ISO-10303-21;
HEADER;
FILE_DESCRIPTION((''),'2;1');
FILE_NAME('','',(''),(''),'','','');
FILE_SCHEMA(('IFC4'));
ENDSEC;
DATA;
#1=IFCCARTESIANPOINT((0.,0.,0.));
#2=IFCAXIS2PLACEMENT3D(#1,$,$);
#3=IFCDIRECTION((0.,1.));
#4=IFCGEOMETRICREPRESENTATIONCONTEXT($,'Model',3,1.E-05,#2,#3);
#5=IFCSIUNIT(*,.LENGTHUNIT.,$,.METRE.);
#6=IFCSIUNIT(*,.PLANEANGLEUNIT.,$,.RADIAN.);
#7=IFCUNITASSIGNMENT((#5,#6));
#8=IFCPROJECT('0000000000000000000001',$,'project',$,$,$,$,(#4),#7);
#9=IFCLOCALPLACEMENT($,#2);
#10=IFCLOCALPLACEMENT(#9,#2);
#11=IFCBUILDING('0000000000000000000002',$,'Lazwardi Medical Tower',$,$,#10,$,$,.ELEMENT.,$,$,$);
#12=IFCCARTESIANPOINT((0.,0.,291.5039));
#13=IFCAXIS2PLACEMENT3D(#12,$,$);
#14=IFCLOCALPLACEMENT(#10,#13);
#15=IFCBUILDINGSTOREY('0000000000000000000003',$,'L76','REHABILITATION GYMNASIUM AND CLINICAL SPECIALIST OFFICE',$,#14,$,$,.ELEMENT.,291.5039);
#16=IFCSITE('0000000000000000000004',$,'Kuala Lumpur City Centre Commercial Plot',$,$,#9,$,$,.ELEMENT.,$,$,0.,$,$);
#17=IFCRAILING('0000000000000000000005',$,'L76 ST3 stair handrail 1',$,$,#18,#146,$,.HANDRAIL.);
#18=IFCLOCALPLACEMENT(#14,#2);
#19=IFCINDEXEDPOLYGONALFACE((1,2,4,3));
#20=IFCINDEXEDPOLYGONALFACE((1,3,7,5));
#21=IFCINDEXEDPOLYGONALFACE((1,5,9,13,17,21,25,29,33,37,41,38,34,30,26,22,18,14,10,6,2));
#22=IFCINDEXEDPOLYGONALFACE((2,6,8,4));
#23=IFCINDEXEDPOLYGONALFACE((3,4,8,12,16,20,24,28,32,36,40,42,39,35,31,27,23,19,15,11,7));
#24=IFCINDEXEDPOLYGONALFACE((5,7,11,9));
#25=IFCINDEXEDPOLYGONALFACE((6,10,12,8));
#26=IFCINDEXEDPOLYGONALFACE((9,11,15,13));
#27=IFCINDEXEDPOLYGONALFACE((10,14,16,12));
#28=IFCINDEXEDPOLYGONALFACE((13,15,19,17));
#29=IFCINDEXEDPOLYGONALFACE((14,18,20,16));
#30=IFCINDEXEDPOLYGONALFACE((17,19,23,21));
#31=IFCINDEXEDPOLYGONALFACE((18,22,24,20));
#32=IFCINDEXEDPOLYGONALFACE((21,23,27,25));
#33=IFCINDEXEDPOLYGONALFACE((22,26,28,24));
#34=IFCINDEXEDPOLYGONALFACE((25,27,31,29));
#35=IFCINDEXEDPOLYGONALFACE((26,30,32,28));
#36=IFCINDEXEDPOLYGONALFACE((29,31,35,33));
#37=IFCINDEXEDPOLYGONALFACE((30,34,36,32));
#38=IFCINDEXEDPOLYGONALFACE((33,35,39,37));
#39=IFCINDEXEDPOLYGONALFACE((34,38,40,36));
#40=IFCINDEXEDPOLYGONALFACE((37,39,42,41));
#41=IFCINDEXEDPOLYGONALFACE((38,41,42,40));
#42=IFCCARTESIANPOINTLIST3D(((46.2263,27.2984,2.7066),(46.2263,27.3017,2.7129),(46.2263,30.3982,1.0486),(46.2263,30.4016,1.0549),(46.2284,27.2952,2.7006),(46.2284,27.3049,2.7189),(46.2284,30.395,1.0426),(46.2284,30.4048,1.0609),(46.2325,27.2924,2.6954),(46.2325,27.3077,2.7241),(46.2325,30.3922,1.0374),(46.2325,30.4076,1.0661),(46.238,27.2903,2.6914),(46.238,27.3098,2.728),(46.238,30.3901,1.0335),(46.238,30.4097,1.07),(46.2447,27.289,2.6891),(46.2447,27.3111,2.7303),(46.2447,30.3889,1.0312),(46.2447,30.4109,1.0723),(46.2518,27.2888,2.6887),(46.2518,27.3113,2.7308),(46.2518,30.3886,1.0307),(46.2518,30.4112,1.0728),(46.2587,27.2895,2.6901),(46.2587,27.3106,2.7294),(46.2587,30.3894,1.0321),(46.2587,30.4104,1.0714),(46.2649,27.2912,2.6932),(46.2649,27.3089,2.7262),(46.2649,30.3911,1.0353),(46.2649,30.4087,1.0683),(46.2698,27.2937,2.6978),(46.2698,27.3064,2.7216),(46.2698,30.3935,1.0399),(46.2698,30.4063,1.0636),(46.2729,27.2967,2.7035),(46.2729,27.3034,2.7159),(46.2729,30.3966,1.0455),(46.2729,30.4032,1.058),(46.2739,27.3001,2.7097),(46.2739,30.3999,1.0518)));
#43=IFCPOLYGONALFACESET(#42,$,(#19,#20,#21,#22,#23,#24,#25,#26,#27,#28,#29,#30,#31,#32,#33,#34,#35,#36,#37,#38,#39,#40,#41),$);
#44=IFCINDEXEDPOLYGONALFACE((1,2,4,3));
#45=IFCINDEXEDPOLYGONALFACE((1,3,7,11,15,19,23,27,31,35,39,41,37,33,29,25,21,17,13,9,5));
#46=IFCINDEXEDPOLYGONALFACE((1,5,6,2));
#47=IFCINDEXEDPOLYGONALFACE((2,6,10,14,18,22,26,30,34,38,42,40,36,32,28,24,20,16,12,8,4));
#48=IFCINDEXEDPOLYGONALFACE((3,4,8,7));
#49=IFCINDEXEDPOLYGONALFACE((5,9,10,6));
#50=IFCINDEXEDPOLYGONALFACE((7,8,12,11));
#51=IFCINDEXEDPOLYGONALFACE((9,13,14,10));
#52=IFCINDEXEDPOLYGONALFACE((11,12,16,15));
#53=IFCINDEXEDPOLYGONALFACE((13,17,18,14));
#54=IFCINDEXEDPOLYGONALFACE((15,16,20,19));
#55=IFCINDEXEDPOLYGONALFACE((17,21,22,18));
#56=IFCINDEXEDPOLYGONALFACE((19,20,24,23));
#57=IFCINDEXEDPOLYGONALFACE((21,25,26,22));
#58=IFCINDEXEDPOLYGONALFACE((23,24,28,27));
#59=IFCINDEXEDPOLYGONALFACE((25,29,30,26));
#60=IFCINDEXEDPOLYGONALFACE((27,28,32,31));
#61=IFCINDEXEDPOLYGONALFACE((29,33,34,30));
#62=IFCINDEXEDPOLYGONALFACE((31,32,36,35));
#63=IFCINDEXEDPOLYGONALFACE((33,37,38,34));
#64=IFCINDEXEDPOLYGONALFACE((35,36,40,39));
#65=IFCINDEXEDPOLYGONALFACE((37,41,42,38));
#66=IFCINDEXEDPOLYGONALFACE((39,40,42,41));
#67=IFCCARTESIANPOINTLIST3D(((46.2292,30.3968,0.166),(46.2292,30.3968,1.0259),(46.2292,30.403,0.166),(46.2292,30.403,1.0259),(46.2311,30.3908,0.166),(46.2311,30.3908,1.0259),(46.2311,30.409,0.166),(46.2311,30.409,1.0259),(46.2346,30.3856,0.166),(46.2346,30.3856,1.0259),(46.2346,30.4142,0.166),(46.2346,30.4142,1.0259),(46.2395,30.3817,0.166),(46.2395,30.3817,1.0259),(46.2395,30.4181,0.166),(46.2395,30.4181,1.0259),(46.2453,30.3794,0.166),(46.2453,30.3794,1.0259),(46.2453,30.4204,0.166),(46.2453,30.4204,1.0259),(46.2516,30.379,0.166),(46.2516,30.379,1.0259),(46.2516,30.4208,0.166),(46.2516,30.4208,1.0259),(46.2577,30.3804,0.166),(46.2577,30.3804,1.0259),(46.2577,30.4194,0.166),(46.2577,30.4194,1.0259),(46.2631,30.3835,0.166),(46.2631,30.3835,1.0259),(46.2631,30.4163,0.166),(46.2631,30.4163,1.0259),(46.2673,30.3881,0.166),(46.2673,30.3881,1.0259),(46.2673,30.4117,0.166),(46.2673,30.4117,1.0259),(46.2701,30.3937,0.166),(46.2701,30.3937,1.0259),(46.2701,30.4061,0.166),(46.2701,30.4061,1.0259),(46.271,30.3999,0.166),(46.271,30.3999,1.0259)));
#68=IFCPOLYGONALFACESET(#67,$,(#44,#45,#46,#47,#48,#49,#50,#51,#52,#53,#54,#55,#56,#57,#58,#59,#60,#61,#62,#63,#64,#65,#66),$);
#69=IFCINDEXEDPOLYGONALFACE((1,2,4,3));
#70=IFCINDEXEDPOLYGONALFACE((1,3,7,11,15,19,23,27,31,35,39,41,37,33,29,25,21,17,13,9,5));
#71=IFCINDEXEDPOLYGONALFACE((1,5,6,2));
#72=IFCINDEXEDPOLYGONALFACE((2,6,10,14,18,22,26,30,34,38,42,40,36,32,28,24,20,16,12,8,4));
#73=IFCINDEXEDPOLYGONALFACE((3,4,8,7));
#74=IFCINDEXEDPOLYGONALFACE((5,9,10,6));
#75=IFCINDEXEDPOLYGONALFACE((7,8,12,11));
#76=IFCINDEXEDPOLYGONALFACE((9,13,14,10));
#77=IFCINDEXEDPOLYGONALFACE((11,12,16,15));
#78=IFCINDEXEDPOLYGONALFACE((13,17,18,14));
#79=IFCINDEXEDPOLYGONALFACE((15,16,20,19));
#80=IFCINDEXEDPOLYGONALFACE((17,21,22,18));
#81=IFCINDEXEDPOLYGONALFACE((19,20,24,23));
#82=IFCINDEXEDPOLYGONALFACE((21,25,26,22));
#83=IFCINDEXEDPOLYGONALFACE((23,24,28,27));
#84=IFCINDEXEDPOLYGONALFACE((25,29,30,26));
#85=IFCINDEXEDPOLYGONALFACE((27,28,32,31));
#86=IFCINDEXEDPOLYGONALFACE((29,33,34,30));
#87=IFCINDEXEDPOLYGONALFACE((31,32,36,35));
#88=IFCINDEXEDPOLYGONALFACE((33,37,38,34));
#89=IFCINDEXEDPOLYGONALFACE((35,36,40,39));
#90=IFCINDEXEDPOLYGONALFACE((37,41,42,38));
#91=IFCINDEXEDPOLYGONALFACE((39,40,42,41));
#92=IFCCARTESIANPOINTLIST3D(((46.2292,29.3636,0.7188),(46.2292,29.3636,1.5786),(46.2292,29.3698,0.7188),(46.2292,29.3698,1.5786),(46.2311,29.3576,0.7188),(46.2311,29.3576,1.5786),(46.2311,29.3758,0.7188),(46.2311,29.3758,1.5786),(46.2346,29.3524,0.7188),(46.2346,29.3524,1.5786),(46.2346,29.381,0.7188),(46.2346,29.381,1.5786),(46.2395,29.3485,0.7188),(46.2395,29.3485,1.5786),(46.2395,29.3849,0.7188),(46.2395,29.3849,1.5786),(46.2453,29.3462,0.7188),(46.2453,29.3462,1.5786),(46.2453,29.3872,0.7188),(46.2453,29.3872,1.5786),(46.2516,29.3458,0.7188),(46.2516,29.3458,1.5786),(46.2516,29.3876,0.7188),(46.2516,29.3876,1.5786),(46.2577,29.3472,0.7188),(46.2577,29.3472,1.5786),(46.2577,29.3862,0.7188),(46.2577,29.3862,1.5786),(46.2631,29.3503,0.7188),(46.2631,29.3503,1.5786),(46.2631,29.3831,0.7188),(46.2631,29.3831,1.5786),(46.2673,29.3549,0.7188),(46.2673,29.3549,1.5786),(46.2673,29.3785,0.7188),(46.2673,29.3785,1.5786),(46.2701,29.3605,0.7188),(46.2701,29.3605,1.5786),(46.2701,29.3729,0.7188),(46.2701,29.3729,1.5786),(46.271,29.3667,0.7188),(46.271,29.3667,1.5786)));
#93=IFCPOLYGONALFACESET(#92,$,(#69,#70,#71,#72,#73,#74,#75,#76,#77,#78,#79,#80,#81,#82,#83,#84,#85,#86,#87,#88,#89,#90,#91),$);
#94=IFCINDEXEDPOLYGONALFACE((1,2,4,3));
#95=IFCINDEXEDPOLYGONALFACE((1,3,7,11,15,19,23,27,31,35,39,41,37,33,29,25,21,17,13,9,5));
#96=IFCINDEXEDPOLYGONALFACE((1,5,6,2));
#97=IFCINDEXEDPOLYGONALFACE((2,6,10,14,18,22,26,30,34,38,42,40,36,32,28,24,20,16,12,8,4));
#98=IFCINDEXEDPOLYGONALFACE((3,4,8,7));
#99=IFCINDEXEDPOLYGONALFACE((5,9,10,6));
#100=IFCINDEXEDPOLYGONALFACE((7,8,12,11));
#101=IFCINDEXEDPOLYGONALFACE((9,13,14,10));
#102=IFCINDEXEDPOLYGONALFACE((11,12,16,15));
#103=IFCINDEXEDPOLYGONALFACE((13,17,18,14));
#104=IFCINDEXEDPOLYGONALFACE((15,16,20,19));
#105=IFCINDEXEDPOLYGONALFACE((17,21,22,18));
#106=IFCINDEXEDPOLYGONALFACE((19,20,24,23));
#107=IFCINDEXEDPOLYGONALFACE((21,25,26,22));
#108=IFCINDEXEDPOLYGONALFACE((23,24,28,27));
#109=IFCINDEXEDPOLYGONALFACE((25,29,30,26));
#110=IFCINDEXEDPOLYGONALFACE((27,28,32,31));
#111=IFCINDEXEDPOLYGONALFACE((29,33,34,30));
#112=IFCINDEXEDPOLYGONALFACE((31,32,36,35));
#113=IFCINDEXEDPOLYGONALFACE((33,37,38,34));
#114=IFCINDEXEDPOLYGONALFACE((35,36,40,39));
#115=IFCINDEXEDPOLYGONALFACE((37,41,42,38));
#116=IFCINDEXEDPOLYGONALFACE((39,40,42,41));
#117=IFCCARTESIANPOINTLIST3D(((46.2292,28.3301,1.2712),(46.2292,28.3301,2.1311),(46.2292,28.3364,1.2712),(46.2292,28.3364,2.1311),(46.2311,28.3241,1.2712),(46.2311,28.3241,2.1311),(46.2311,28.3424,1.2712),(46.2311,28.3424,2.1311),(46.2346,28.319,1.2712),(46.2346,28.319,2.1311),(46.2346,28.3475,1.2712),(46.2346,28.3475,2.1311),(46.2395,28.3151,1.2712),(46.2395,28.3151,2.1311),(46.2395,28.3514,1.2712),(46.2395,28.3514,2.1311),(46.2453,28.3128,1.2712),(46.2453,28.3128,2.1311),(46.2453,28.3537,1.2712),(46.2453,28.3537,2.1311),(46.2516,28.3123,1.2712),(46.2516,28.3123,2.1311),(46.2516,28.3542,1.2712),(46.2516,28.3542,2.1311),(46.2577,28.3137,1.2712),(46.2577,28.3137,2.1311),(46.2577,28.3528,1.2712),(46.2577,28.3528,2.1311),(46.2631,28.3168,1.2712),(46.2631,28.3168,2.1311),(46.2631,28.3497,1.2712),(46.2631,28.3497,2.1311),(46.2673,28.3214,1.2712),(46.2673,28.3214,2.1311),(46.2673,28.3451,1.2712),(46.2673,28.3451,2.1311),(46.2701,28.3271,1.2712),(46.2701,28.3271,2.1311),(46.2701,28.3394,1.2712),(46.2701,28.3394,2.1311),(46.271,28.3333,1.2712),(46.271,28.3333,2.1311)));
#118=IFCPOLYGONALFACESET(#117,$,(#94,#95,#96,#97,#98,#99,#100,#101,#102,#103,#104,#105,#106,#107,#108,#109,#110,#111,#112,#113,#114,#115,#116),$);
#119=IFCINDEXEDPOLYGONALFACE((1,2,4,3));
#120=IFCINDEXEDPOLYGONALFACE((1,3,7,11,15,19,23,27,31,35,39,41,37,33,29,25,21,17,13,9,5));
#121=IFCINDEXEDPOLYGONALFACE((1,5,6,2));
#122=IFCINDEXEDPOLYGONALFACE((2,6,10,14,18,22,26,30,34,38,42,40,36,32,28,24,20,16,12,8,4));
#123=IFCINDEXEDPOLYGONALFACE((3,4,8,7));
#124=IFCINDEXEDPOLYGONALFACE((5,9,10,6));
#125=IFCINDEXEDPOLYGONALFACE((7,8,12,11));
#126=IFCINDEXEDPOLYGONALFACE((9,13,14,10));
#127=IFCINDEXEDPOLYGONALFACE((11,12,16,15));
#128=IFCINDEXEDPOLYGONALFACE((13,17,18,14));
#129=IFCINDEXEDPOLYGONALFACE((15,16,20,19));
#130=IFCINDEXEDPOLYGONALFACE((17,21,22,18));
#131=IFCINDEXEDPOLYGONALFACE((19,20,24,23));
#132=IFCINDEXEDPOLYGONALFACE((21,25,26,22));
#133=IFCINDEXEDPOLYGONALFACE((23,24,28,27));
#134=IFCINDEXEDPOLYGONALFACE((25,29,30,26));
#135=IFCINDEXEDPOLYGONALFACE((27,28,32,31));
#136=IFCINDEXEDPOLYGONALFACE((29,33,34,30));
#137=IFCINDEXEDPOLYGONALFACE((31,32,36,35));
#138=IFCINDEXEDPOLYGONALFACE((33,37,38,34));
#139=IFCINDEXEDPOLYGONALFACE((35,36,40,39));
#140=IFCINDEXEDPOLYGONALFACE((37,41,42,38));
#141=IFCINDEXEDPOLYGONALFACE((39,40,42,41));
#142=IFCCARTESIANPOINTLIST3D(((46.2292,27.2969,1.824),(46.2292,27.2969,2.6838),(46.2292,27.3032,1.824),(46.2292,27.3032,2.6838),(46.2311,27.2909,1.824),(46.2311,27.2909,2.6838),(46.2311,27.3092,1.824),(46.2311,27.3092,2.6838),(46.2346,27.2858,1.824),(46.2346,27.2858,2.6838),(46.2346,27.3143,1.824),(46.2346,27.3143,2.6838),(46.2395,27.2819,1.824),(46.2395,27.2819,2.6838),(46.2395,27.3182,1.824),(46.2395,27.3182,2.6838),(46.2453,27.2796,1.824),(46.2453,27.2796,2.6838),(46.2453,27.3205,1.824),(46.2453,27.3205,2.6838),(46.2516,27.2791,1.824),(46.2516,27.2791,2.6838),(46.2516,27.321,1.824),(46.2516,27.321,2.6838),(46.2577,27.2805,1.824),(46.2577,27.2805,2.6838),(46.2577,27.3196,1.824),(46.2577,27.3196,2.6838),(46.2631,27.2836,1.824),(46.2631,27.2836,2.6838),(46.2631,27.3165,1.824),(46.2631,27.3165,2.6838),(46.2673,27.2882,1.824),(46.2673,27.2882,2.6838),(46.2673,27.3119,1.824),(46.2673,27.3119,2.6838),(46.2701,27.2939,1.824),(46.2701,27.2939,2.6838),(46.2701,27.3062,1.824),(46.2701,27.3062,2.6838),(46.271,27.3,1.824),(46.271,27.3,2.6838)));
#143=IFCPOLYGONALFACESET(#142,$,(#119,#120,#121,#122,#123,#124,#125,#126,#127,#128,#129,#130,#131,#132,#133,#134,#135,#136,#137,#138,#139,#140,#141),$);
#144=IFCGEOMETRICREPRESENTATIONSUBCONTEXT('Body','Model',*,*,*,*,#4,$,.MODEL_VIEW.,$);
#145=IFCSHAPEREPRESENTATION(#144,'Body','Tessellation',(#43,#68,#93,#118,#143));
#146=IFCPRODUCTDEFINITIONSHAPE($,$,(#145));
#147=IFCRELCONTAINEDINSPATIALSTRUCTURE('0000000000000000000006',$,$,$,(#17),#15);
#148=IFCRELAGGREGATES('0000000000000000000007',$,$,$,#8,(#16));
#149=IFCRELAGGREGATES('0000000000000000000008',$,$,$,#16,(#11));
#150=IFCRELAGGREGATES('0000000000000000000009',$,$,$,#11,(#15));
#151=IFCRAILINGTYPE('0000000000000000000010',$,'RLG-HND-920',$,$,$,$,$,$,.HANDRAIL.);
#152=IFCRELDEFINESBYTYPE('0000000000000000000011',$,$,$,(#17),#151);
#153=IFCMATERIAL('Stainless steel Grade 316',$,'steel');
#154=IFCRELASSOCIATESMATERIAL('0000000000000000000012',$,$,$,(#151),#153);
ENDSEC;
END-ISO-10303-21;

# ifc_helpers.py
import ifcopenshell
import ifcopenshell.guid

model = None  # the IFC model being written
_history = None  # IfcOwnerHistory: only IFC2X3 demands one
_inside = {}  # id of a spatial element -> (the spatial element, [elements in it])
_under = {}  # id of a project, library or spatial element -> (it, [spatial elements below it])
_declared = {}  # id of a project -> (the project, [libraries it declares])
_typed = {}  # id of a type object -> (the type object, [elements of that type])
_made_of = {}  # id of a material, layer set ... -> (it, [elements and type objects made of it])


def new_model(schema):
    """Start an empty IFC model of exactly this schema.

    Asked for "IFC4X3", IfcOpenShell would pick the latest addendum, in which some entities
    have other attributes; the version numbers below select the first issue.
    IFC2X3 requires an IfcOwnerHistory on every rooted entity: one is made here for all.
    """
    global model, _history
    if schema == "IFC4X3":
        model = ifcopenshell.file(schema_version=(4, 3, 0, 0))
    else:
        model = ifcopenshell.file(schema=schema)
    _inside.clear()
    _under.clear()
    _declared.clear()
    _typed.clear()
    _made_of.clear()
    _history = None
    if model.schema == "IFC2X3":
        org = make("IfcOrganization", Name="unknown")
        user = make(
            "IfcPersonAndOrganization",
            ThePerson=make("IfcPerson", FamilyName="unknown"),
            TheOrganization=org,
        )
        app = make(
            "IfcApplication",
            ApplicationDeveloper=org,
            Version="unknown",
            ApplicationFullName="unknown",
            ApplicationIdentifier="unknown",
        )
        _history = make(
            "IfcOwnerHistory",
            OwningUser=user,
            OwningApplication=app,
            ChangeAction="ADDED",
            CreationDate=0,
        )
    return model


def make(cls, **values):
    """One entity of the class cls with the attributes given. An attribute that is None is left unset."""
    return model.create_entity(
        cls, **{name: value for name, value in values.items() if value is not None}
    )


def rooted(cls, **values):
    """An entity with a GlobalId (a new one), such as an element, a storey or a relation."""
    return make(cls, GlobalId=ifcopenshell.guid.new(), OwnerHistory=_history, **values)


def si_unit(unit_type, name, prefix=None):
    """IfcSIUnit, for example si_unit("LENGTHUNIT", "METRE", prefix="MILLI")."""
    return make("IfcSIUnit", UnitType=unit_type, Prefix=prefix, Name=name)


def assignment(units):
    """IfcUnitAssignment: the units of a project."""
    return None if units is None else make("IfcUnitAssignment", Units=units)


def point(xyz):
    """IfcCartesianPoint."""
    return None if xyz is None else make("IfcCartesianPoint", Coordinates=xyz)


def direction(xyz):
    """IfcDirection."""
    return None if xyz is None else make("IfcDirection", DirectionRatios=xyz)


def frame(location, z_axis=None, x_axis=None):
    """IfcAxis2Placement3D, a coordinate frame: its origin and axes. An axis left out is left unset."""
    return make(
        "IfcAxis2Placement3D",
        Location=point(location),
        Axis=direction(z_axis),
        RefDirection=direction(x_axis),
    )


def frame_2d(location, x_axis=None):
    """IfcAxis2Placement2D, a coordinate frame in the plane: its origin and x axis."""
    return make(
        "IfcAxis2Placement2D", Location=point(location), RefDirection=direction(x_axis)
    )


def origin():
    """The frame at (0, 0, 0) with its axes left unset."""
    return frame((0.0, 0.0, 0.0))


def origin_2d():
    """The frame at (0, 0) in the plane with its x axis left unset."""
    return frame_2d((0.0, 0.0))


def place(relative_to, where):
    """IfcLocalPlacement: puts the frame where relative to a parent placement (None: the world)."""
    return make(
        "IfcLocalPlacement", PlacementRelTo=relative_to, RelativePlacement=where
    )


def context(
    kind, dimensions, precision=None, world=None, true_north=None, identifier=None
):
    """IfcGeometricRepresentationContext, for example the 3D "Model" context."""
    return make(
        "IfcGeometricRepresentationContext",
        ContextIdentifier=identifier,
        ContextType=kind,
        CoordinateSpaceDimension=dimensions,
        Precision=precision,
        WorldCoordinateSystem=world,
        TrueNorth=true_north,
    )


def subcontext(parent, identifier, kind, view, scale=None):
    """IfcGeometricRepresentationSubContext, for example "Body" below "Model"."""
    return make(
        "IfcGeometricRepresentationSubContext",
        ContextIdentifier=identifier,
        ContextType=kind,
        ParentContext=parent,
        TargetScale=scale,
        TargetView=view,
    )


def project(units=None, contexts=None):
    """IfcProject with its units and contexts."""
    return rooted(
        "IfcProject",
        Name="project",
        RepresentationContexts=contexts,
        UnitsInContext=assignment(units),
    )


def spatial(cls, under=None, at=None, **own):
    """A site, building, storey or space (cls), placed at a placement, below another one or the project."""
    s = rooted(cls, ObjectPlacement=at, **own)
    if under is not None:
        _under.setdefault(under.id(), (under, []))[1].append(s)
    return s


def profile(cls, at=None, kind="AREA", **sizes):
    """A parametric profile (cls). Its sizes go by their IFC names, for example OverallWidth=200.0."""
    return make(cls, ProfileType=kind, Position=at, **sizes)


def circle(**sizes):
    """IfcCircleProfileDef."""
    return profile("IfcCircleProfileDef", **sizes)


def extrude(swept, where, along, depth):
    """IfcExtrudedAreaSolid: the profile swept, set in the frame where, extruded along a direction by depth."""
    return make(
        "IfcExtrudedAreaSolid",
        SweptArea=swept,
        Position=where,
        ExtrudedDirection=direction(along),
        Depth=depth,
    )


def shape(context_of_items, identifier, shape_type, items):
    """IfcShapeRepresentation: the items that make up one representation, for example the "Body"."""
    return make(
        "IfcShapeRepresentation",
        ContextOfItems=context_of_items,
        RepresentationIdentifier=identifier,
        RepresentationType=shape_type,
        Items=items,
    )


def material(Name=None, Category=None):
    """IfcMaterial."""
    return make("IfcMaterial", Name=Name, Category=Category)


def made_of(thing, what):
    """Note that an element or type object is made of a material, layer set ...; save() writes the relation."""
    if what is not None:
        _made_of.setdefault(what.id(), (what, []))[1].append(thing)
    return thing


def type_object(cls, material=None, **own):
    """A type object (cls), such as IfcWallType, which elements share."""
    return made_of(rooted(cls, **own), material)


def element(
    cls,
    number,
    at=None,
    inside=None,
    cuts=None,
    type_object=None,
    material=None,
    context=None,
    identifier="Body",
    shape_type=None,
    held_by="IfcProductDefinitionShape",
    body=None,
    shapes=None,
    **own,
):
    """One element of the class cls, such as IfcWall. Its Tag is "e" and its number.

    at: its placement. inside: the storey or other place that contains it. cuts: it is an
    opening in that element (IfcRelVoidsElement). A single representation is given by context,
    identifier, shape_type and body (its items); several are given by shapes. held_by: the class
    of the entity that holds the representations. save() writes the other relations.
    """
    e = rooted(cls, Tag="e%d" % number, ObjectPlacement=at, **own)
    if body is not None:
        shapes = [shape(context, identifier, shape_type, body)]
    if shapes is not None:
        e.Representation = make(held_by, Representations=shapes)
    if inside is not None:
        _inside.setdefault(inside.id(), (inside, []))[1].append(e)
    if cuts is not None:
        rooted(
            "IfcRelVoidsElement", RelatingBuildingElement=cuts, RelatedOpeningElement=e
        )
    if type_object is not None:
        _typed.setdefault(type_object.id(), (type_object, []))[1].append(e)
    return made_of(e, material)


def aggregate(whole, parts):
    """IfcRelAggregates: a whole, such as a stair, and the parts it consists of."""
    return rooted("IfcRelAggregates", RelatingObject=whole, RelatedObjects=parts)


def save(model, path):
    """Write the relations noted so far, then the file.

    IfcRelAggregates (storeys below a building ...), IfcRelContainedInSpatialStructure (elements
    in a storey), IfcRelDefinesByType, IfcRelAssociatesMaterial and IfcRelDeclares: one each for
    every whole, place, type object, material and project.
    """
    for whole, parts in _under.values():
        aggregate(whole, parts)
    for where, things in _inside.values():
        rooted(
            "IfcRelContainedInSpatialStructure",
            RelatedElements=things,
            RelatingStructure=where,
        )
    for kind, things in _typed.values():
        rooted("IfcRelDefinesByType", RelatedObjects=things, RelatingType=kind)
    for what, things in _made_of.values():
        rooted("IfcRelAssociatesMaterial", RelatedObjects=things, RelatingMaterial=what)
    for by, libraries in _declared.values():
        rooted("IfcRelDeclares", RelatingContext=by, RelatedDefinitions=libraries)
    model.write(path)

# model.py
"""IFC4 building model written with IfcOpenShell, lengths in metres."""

from ifc_helpers import new_model, si_unit, direction, frame, origin, origin_2d, place, context, subcontext, project, spatial, circle, extrude, material, type_object, element, save


model = new_model("IFC4")

# Units and contexts
model_context = context("Model", 3, precision=1e-05, world=origin(), true_north=direction((0.0, 1.0)))
body_context = subcontext(model_context, "Body", "Model", "MODEL_VIEW")
ifc_project = project(units=[si_unit("LENGTHUNIT", "METRE"), si_unit("PLANEANGLEUNIT", "RADIAN")], contexts=[model_context])

# Site, building, storey
site_placement = place(None, origin())
site = spatial("IfcSite", under=ifc_project, at=site_placement, Name="Kuala Lumpur City Centre Commercial Plot", CompositionType="ELEMENT", RefElevation=0.0)
building_placement = place(site_placement, origin())
building = spatial("IfcBuilding", under=site, at=building_placement, Name="Lazwardi Medical Tower", CompositionType="ELEMENT")
storey_placement = place(building_placement, frame((0.0, 0.0, 291.5039)))
storey = spatial("IfcBuildingStorey", under=building, at=storey_placement, Name="L76", Description="REHABILITATION GYMNASIUM AND CLINICAL SPECIALIST OFFICE", CompositionType="ELEMENT", Elevation=291.5039)

# Railing
ifc_material_1 = material(Name="Stainless steel Grade 316", Category="steel")
railing_type_1 = type_object("IfcRailingType", Name="RLG-HND-920", PredefinedType="HANDRAIL", material=ifc_material_1)
railing_1_placement = place(storey_placement, frame((46.25, 30.3999, 0.166)))
element("IfcRailing", 1, at=railing_1_placement, inside=storey, type_object=railing_type_1, Name="L76 ST3 stair handrail 1", PredefinedType="HANDRAIL", context=body_context, shape_type="SweptSolid", body=[
    extrude(circle(Radius=0.0239, at=origin_2d()), frame((0.0, 0.0, 0.8857), z_axis=(0.0, -0.881797, 0.47163), x_axis=(1.0, 0.0, 0.0)), (0.0, 0.0, 1.0), 3.5154),
    extrude(circle(Radius=0.021, at=origin_2d()), origin(), (0.0, 0.0, 1.0), 0.8599),
    extrude(circle(Radius=0.021, at=origin_2d()), frame((0.0, -1.0332, 0.5527)), (0.0, 0.0, 1.0), 0.8599),
    extrude(circle(Radius=0.021, at=origin_2d()), frame((0.0, -2.0667, 1.1052)), (0.0, 0.0, 1.0), 0.8599),
    extrude(circle(Radius=0.021, at=origin_2d()), frame((0.0, -3.0999, 1.658)), (0.0, 0.0, 1.0), 0.8599),
])

save(model, "model.ifc")
